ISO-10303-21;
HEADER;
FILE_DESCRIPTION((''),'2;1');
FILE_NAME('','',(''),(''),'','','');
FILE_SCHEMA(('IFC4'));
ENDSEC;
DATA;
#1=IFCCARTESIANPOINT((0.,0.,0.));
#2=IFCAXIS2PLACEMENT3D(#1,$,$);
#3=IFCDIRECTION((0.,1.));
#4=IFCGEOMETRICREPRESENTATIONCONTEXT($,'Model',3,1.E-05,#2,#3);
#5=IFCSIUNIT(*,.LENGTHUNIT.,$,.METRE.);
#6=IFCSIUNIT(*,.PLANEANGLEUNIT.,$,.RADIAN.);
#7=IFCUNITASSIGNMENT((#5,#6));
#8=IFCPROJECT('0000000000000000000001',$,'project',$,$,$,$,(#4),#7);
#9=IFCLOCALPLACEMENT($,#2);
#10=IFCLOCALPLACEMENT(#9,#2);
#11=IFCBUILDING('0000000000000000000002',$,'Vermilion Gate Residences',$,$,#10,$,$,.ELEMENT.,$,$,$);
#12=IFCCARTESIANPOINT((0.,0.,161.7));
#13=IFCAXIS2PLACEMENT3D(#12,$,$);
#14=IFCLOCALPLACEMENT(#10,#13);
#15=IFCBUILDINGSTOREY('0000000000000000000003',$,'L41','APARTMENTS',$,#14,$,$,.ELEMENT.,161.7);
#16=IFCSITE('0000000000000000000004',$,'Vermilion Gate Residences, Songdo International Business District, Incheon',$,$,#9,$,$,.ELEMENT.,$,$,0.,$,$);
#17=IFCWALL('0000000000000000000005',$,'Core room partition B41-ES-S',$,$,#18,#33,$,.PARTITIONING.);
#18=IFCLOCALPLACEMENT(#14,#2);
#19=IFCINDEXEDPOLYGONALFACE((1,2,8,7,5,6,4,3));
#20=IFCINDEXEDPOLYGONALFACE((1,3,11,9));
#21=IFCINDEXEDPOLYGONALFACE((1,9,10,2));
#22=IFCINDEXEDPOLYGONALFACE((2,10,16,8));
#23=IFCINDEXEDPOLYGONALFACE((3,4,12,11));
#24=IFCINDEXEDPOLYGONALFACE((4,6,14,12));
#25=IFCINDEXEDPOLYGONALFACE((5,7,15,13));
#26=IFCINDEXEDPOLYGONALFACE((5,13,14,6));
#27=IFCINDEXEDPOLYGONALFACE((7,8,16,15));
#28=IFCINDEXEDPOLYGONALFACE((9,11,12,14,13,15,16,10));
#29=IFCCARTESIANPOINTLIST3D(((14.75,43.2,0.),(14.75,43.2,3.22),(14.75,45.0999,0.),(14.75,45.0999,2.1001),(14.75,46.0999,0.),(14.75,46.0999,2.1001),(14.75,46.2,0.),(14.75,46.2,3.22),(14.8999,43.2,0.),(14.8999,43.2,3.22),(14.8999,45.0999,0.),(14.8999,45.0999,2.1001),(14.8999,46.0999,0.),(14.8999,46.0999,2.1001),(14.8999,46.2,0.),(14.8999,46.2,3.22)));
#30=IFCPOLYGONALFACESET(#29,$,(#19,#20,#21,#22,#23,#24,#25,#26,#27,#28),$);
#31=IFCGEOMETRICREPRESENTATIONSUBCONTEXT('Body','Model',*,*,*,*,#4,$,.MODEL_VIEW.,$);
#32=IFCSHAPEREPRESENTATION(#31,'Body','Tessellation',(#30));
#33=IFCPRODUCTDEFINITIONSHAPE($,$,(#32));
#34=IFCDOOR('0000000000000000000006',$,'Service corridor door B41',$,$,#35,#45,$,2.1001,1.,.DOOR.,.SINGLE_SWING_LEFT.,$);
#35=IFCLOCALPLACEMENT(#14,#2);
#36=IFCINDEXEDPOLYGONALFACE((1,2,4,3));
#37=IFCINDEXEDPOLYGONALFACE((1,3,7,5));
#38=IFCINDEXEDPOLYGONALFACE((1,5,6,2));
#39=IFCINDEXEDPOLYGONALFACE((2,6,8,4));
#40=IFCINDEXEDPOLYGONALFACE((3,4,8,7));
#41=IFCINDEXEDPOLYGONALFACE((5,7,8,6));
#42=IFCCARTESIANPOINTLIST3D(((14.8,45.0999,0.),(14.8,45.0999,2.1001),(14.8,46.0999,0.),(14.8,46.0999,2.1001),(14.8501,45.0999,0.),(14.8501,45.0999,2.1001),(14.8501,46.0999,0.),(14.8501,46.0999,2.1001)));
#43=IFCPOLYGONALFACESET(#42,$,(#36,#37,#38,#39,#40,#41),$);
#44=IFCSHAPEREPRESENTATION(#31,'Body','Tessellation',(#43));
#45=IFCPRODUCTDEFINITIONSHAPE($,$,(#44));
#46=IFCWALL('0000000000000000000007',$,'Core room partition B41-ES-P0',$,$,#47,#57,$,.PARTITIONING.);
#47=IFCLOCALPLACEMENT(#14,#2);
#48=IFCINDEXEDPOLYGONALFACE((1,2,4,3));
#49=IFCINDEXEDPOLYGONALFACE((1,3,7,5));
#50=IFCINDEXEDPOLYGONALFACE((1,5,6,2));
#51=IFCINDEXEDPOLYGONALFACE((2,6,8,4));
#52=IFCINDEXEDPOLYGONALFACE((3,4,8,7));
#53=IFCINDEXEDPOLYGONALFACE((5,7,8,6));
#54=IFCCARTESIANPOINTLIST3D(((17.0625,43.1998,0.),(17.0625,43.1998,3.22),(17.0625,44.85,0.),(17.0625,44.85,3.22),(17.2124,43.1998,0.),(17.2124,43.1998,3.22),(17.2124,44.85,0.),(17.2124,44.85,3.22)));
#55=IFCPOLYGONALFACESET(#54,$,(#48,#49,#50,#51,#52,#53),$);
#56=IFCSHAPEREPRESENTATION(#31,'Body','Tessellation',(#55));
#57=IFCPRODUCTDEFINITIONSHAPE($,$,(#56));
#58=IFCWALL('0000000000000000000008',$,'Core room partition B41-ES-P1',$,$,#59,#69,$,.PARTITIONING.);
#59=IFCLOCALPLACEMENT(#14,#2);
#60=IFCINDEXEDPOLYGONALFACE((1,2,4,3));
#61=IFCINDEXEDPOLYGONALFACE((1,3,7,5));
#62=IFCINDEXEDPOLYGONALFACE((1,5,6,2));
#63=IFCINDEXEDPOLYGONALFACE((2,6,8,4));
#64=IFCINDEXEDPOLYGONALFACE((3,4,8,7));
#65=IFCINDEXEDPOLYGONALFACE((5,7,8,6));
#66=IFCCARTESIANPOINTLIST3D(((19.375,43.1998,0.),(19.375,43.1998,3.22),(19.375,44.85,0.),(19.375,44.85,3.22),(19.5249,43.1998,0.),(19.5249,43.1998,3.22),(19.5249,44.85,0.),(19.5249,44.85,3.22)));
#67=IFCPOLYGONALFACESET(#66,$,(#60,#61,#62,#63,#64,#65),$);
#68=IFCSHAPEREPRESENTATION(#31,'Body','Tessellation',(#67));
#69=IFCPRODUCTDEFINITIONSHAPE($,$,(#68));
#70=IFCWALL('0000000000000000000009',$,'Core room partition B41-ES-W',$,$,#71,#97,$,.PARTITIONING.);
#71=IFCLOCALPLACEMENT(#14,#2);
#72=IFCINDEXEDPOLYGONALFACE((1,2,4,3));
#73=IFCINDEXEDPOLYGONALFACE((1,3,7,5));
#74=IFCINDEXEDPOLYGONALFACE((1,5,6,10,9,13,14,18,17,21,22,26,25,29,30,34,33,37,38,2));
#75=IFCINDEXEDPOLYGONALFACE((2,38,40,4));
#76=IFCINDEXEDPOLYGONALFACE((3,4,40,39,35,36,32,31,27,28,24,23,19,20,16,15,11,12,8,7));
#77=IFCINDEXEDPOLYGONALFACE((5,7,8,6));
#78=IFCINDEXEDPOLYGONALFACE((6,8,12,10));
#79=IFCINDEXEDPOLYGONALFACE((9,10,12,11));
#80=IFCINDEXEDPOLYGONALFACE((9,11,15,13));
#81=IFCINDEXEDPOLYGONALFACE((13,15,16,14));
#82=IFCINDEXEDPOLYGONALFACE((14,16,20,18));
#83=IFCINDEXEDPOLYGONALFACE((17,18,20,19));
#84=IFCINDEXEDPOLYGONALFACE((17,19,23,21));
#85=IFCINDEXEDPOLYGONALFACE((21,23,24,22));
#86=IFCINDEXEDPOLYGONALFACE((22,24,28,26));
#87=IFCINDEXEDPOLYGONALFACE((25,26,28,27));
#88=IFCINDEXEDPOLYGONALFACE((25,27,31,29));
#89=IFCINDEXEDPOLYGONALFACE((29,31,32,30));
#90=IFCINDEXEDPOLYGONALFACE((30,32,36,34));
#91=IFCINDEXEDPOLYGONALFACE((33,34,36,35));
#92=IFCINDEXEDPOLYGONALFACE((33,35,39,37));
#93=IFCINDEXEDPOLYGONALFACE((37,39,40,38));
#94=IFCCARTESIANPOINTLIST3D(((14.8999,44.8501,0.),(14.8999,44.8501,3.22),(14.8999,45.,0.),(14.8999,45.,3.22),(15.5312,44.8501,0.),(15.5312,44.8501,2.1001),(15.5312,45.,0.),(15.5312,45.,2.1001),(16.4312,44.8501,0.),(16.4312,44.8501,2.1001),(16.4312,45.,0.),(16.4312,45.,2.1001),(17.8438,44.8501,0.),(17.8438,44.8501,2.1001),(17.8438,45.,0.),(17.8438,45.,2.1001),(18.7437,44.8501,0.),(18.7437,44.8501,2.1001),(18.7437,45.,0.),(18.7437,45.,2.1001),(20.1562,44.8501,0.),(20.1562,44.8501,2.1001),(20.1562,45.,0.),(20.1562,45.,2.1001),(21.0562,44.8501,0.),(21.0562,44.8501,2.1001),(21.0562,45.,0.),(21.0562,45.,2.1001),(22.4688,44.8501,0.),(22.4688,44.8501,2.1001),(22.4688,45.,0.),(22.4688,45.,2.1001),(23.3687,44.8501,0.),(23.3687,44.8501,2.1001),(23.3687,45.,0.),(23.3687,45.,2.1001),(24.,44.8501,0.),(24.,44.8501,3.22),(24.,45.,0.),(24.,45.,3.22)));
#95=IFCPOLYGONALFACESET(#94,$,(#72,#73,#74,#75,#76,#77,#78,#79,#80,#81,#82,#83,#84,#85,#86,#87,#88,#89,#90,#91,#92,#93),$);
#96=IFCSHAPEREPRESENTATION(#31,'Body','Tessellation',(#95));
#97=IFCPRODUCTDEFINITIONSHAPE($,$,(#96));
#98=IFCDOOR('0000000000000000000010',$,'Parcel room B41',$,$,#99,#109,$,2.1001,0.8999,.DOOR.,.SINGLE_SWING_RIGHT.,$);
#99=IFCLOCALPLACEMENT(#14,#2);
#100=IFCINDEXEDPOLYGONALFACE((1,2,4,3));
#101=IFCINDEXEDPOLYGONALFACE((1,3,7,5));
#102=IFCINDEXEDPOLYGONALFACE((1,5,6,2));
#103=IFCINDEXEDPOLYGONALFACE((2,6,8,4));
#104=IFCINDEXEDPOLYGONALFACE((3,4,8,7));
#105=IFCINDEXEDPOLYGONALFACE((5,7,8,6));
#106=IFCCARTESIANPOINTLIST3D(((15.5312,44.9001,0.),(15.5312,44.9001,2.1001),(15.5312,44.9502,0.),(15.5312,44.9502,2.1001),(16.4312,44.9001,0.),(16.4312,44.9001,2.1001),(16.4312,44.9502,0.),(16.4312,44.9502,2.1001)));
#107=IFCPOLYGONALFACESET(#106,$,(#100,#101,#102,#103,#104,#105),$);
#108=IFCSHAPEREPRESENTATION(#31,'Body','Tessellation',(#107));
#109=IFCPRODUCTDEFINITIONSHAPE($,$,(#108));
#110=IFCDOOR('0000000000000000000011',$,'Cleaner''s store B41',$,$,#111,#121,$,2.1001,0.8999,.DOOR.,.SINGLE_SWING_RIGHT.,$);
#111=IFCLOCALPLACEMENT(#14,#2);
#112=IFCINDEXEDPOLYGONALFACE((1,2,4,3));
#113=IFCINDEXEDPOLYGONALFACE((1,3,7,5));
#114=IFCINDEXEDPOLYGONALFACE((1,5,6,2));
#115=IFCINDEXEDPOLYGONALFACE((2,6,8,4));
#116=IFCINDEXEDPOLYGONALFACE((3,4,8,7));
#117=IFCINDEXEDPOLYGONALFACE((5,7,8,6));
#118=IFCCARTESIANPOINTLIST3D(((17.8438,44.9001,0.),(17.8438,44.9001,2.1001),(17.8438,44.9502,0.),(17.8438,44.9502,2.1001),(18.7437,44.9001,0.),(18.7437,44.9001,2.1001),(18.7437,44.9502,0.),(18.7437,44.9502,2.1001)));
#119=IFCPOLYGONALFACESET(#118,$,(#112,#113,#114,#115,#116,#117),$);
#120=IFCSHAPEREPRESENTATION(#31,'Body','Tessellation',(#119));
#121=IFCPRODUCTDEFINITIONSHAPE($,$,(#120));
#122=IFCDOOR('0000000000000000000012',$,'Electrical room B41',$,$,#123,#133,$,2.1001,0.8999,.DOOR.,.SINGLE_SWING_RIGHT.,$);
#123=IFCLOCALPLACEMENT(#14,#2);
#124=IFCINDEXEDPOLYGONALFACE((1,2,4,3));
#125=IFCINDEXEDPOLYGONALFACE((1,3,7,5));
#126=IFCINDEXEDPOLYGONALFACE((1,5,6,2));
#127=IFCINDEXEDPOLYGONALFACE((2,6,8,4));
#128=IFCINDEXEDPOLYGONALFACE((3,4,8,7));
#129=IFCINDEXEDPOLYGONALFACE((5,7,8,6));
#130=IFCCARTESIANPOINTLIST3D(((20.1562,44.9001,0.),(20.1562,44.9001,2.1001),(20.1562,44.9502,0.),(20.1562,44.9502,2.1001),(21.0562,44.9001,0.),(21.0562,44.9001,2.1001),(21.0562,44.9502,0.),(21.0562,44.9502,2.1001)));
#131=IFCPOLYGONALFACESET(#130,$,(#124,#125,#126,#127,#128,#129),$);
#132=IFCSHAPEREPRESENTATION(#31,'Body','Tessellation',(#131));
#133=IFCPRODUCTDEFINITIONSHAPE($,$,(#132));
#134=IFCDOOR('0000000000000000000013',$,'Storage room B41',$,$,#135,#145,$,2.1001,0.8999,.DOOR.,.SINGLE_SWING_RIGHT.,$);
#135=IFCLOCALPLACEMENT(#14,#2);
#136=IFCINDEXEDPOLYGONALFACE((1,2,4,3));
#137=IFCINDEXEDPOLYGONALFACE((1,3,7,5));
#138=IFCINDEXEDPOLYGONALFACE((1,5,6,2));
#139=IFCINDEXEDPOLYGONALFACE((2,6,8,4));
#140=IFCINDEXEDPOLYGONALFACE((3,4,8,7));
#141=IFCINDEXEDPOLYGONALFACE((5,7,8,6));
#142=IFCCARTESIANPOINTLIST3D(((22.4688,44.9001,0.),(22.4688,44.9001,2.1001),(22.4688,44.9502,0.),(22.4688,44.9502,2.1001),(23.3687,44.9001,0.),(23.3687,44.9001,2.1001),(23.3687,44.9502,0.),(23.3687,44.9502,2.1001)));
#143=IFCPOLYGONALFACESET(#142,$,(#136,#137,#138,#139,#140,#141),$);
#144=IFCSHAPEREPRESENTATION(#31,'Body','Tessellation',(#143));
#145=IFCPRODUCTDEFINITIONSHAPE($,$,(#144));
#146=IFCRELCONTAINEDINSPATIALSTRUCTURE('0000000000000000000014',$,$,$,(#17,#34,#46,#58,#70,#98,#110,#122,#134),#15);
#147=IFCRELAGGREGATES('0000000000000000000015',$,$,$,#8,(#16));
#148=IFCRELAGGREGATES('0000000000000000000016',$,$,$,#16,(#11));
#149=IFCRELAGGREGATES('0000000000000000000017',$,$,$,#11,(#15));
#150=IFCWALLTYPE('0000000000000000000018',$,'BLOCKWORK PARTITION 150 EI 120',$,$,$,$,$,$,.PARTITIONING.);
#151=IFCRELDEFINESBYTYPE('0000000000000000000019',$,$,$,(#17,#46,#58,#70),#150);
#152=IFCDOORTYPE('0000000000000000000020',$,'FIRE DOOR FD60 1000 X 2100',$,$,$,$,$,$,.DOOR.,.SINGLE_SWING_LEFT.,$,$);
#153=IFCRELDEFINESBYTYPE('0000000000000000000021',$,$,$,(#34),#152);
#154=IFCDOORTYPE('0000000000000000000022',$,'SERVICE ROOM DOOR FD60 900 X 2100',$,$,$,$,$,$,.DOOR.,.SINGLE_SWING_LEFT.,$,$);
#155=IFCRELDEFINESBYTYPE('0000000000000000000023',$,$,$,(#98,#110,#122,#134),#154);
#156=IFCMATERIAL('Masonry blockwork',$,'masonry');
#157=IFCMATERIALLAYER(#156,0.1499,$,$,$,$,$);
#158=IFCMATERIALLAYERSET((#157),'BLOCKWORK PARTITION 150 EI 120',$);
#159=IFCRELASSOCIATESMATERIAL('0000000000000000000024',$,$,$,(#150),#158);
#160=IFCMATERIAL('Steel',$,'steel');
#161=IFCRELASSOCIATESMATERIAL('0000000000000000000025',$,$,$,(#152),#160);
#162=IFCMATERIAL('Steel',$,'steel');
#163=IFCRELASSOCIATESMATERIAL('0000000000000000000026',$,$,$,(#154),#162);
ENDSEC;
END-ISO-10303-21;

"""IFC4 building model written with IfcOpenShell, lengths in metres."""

from ifc_helpers import new_model, si_unit, direction, frame, frame_2d, origin, place, context, subcontext, project, spatial, rectangle, extrude, material, layer, layer_set, type_object, element, fill, save


model = new_model("IFC4")

# Units and contexts
model_context = context("Model", 3, precision=1e-05, world=origin(), true_north=direction((0.0, 1.0)))
body_context = subcontext(model_context, "Body", "Model", "MODEL_VIEW")
ifc_project = project(units=[si_unit("LENGTHUNIT", "METRE"), si_unit("PLANEANGLEUNIT", "RADIAN")], contexts=[model_context])

# Site, building, storey
site_placement = place(None, origin())
site = spatial("IfcSite", under=ifc_project, at=site_placement, Name="Vermilion Gate Residences, Songdo International Business District, Incheon", CompositionType="ELEMENT", RefElevation=0.0)
building_placement = place(site_placement, origin())
building = spatial("IfcBuilding", under=site, at=building_placement, Name="Vermilion Gate Residences", CompositionType="ELEMENT")
storey_placement = place(building_placement, frame((0.0, 0.0, 161.7)))
storey = spatial("IfcBuildingStorey", under=building, at=storey_placement, Name="L41", Description="APARTMENTS", CompositionType="ELEMENT", Elevation=161.7)

# Wall, opening, door
ifc_material_1 = material(Name="Masonry blockwork", Category="masonry")
ifc_layer_1 = layer(ifc_material_1, 0.1499)
ifc_layer_set_1 = layer_set([ifc_layer_1], Name="BLOCKWORK PARTITION 150 EI 120")
wall_type_1 = type_object("IfcWallType", Name="BLOCKWORK PARTITION 150 EI 120", PredefinedType="PARTITIONING", material=ifc_layer_set_1)
wall_1_placement = place(storey_placement, frame((14.825, 46.2, 0.0), z_axis=(0.0, 0.0, 1.0), x_axis=(0.0, -1.0, 0.0)))
wall_1 = element("IfcWall", 1, at=wall_1_placement, inside=storey, type_object=wall_type_1, Name="Core room partition B41-ES-S", PredefinedType="PARTITIONING", context=body_context, shape_type="SweptSolid", body=[
    extrude(rectangle(XDim=3.0, YDim=0.1499, at=frame_2d((1.5, 0.0))), origin(), (0.0, 0.0, 1.0), 3.22),
])
opening_1_placement = place(wall_1_placement, frame((0.1001, 0.0, 0.0)))
opening_1 = element("IfcOpeningElement", 2, at=opening_1_placement, cuts=wall_1, PredefinedType="OPENING", context=body_context, shape_type="SweptSolid", body=[
    extrude(rectangle(XDim=1.0, YDim=2.1001, at=frame_2d((0.5, 1.05))), frame((0.0, 0.085, 0.0), z_axis=(0.0, -1.0, 0.0), x_axis=(1.0, 0.0, 0.0)), (0.0, 0.0, 1.0), 0.1699),
])
ifc_material_2 = material(Name="Steel", Category="steel")
door_type_1 = type_object("IfcDoorType", Name="FIRE DOOR FD60 1000 X 2100", OperationType="SINGLE_SWING_LEFT", PredefinedType="DOOR", material=ifc_material_2)
door_1_placement = place(opening_1_placement, frame((1.0, 0.0, 0.0), z_axis=(0.0, 0.0, 1.0), x_axis=(-1.0, 0.0, 0.0)))
door_1 = element("IfcDoor", 3, at=door_1_placement, inside=storey, type_object=door_type_1, Name="Service corridor door B41", OperationType="SINGLE_SWING_LEFT", OverallHeight=2.1001, OverallWidth=1.0, PredefinedType="DOOR", context=body_context, shape_type="SweptSolid", body=[
    extrude(rectangle(XDim=1.0, YDim=2.1001, at=frame_2d((0.5, 1.05))), frame((0.0, 0.0249, 0.0), z_axis=(0.0, -1.0, 0.0), x_axis=(1.0, 0.0, 0.0)), (0.0, 0.0, 1.0), 0.05),
])
fill(opening_1, door_1)

# Walls
for number, where, z_axis, x_axis, name in (
    (4, (17.1375, 44.8501, 0.0), (0.0, 0.0, 1.0), (0.0, -1.0, 0.0), "Core room partition B41-ES-P0"),
    (5, (19.45, 44.8501, 0.0), (0.0, 0.0, 1.0), (0.0, -1.0, 0.0), "Core room partition B41-ES-P1"),
):
    element("IfcWall", number, at=place(storey_placement, frame(where, z_axis=z_axis, x_axis=x_axis)), inside=storey, type_object=wall_type_1, Name=name, PredefinedType="PARTITIONING", context=body_context, shape_type="SweptSolid", body=[
        extrude(rectangle(XDim=1.6501, YDim=0.1499, at=frame_2d((0.8252, 0.0))), origin(), (0.0, 0.0, 1.0), 3.22),
    ])

# Wall, openings, doors
wall_2_placement = place(storey_placement, frame((14.8999, 44.925, 0.0), z_axis=(0.0, 0.0, 1.0), x_axis=(1.0, 0.0, 0.0)))
wall_2 = element("IfcWall", 6, at=wall_2_placement, inside=storey, type_object=wall_type_1, Name="Core room partition B41-ES-W", PredefinedType="PARTITIONING", context=body_context, shape_type="SweptSolid", body=[
    extrude(rectangle(XDim=9.1001, YDim=0.1499, at=frame_2d((4.55, 0.0))), origin(), (0.0, 0.0, 1.0), 3.22),
])
opening_2_placement = place(wall_2_placement, frame((0.6313, 0.0, 0.0)))
opening_2 = element("IfcOpeningElement", 7, at=opening_2_placement, cuts=wall_2, PredefinedType="OPENING", context=body_context, shape_type="SweptSolid", body=[
    extrude(rectangle(XDim=0.8999, YDim=2.1001, at=frame_2d((0.45, 1.05))), frame((0.0, 0.085, 0.0), z_axis=(0.0, -1.0, 0.0), x_axis=(1.0, 0.0, 0.0)), (0.0, 0.0, 1.0), 0.1699),
])
opening_3_placement = place(wall_2_placement, frame((2.9438, 0.0, 0.0)))
opening_3 = element("IfcOpeningElement", 8, at=opening_3_placement, cuts=wall_2, PredefinedType="OPENING", context=body_context, shape_type="SweptSolid", body=[
    extrude(rectangle(XDim=0.8999, YDim=2.1001, at=frame_2d((0.45, 1.05))), frame((0.0, 0.085, 0.0), z_axis=(0.0, -1.0, 0.0), x_axis=(1.0, 0.0, 0.0)), (0.0, 0.0, 1.0), 0.1699),
])
opening_4_placement = place(wall_2_placement, frame((5.2563, 0.0, 0.0)))
opening_4 = element("IfcOpeningElement", 9, at=opening_4_placement, cuts=wall_2, PredefinedType="OPENING", context=body_context, shape_type="SweptSolid", body=[
    extrude(rectangle(XDim=0.8999, YDim=2.1001, at=frame_2d((0.45, 1.05))), frame((0.0, 0.085, 0.0), z_axis=(0.0, -1.0, 0.0), x_axis=(1.0, 0.0, 0.0)), (0.0, 0.0, 1.0), 0.1699),
])
opening_5_placement = place(wall_2_placement, frame((7.5688, 0.0, 0.0)))
opening_5 = element("IfcOpeningElement", 10, at=opening_5_placement, cuts=wall_2, PredefinedType="OPENING", context=body_context, shape_type="SweptSolid", body=[
    extrude(rectangle(XDim=0.8999, YDim=2.1001, at=frame_2d((0.45, 1.05))), frame((0.0, 0.085, 0.0), z_axis=(0.0, -1.0, 0.0), x_axis=(1.0, 0.0, 0.0)), (0.0, 0.0, 1.0), 0.1699),
])
ifc_material_3 = material(Name="Steel", Category="steel")
door_type_2 = type_object("IfcDoorType", Name="SERVICE ROOM DOOR FD60 900 X 2100", OperationType="SINGLE_SWING_LEFT", PredefinedType="DOOR", material=ifc_material_3)
door_2_placement = place(opening_2_placement, frame((0.8999, 0.0, 0.0), z_axis=(0.0, 0.0, 1.0), x_axis=(-1.0, 0.0, 0.0)))
door_2 = element("IfcDoor", 11, at=door_2_placement, inside=storey, type_object=door_type_2, Name="Parcel room B41", OperationType="SINGLE_SWING_RIGHT", OverallHeight=2.1001, OverallWidth=0.8999, PredefinedType="DOOR", context=body_context, shape_type="SweptSolid", body=[
    extrude(rectangle(XDim=0.8999, YDim=2.1001, at=frame_2d((0.45, 1.05))), frame((0.0, 0.0249, 0.0), z_axis=(0.0, -1.0, 0.0), x_axis=(1.0, 0.0, 0.0)), (0.0, 0.0, 1.0), 0.05),
])
fill(opening_2, door_2)
door_3_placement = place(opening_3_placement, frame((0.8999, 0.0, 0.0), z_axis=(0.0, 0.0, 1.0), x_axis=(-1.0, 0.0, 0.0)))
door_3 = element("IfcDoor", 12, at=door_3_placement, inside=storey, type_object=door_type_2, Name="Cleaner's store B41", OperationType="SINGLE_SWING_RIGHT", OverallHeight=2.1001, OverallWidth=0.8999, PredefinedType="DOOR", context=body_context, shape_type="SweptSolid", body=[
    extrude(rectangle(XDim=0.8999, YDim=2.1001, at=frame_2d((0.45, 1.05))), frame((0.0, 0.0249, 0.0), z_axis=(0.0, -1.0, 0.0), x_axis=(1.0, 0.0, 0.0)), (0.0, 0.0, 1.0), 0.05),
])
fill(opening_3, door_3)
door_4_placement = place(opening_4_placement, frame((0.8999, 0.0, 0.0), z_axis=(0.0, 0.0, 1.0), x_axis=(-1.0, 0.0, 0.0)))
door_4 = element("IfcDoor", 13, at=door_4_placement, inside=storey, type_object=door_type_2, Name="Electrical room B41", OperationType="SINGLE_SWING_RIGHT", OverallHeight=2.1001, OverallWidth=0.8999, PredefinedType="DOOR", context=body_context, shape_type="SweptSolid", body=[
    extrude(rectangle(XDim=0.8999, YDim=2.1001, at=frame_2d((0.45, 1.05))), frame((0.0, 0.0249, 0.0), z_axis=(0.0, -1.0, 0.0), x_axis=(1.0, 0.0, 0.0)), (0.0, 0.0, 1.0), 0.05),
])
fill(opening_4, door_4)
door_5_placement = place(opening_5_placement, frame((0.8999, 0.0, 0.0), z_axis=(0.0, 0.0, 1.0), x_axis=(-1.0, 0.0, 0.0)))
door_5 = element("IfcDoor", 14, at=door_5_placement, inside=storey, type_object=door_type_2, Name="Storage room B41", OperationType="SINGLE_SWING_RIGHT", OverallHeight=2.1001, OverallWidth=0.8999, PredefinedType="DOOR", context=body_context, shape_type="SweptSolid", body=[
    extrude(rectangle(XDim=0.8999, YDim=2.1001, at=frame_2d((0.45, 1.05))), frame((0.0, 0.0249, 0.0), z_axis=(0.0, -1.0, 0.0), x_axis=(1.0, 0.0, 0.0)), (0.0, 0.0, 1.0), 0.05),
])
fill(opening_5, door_5)

save(model, "model.ifc")
